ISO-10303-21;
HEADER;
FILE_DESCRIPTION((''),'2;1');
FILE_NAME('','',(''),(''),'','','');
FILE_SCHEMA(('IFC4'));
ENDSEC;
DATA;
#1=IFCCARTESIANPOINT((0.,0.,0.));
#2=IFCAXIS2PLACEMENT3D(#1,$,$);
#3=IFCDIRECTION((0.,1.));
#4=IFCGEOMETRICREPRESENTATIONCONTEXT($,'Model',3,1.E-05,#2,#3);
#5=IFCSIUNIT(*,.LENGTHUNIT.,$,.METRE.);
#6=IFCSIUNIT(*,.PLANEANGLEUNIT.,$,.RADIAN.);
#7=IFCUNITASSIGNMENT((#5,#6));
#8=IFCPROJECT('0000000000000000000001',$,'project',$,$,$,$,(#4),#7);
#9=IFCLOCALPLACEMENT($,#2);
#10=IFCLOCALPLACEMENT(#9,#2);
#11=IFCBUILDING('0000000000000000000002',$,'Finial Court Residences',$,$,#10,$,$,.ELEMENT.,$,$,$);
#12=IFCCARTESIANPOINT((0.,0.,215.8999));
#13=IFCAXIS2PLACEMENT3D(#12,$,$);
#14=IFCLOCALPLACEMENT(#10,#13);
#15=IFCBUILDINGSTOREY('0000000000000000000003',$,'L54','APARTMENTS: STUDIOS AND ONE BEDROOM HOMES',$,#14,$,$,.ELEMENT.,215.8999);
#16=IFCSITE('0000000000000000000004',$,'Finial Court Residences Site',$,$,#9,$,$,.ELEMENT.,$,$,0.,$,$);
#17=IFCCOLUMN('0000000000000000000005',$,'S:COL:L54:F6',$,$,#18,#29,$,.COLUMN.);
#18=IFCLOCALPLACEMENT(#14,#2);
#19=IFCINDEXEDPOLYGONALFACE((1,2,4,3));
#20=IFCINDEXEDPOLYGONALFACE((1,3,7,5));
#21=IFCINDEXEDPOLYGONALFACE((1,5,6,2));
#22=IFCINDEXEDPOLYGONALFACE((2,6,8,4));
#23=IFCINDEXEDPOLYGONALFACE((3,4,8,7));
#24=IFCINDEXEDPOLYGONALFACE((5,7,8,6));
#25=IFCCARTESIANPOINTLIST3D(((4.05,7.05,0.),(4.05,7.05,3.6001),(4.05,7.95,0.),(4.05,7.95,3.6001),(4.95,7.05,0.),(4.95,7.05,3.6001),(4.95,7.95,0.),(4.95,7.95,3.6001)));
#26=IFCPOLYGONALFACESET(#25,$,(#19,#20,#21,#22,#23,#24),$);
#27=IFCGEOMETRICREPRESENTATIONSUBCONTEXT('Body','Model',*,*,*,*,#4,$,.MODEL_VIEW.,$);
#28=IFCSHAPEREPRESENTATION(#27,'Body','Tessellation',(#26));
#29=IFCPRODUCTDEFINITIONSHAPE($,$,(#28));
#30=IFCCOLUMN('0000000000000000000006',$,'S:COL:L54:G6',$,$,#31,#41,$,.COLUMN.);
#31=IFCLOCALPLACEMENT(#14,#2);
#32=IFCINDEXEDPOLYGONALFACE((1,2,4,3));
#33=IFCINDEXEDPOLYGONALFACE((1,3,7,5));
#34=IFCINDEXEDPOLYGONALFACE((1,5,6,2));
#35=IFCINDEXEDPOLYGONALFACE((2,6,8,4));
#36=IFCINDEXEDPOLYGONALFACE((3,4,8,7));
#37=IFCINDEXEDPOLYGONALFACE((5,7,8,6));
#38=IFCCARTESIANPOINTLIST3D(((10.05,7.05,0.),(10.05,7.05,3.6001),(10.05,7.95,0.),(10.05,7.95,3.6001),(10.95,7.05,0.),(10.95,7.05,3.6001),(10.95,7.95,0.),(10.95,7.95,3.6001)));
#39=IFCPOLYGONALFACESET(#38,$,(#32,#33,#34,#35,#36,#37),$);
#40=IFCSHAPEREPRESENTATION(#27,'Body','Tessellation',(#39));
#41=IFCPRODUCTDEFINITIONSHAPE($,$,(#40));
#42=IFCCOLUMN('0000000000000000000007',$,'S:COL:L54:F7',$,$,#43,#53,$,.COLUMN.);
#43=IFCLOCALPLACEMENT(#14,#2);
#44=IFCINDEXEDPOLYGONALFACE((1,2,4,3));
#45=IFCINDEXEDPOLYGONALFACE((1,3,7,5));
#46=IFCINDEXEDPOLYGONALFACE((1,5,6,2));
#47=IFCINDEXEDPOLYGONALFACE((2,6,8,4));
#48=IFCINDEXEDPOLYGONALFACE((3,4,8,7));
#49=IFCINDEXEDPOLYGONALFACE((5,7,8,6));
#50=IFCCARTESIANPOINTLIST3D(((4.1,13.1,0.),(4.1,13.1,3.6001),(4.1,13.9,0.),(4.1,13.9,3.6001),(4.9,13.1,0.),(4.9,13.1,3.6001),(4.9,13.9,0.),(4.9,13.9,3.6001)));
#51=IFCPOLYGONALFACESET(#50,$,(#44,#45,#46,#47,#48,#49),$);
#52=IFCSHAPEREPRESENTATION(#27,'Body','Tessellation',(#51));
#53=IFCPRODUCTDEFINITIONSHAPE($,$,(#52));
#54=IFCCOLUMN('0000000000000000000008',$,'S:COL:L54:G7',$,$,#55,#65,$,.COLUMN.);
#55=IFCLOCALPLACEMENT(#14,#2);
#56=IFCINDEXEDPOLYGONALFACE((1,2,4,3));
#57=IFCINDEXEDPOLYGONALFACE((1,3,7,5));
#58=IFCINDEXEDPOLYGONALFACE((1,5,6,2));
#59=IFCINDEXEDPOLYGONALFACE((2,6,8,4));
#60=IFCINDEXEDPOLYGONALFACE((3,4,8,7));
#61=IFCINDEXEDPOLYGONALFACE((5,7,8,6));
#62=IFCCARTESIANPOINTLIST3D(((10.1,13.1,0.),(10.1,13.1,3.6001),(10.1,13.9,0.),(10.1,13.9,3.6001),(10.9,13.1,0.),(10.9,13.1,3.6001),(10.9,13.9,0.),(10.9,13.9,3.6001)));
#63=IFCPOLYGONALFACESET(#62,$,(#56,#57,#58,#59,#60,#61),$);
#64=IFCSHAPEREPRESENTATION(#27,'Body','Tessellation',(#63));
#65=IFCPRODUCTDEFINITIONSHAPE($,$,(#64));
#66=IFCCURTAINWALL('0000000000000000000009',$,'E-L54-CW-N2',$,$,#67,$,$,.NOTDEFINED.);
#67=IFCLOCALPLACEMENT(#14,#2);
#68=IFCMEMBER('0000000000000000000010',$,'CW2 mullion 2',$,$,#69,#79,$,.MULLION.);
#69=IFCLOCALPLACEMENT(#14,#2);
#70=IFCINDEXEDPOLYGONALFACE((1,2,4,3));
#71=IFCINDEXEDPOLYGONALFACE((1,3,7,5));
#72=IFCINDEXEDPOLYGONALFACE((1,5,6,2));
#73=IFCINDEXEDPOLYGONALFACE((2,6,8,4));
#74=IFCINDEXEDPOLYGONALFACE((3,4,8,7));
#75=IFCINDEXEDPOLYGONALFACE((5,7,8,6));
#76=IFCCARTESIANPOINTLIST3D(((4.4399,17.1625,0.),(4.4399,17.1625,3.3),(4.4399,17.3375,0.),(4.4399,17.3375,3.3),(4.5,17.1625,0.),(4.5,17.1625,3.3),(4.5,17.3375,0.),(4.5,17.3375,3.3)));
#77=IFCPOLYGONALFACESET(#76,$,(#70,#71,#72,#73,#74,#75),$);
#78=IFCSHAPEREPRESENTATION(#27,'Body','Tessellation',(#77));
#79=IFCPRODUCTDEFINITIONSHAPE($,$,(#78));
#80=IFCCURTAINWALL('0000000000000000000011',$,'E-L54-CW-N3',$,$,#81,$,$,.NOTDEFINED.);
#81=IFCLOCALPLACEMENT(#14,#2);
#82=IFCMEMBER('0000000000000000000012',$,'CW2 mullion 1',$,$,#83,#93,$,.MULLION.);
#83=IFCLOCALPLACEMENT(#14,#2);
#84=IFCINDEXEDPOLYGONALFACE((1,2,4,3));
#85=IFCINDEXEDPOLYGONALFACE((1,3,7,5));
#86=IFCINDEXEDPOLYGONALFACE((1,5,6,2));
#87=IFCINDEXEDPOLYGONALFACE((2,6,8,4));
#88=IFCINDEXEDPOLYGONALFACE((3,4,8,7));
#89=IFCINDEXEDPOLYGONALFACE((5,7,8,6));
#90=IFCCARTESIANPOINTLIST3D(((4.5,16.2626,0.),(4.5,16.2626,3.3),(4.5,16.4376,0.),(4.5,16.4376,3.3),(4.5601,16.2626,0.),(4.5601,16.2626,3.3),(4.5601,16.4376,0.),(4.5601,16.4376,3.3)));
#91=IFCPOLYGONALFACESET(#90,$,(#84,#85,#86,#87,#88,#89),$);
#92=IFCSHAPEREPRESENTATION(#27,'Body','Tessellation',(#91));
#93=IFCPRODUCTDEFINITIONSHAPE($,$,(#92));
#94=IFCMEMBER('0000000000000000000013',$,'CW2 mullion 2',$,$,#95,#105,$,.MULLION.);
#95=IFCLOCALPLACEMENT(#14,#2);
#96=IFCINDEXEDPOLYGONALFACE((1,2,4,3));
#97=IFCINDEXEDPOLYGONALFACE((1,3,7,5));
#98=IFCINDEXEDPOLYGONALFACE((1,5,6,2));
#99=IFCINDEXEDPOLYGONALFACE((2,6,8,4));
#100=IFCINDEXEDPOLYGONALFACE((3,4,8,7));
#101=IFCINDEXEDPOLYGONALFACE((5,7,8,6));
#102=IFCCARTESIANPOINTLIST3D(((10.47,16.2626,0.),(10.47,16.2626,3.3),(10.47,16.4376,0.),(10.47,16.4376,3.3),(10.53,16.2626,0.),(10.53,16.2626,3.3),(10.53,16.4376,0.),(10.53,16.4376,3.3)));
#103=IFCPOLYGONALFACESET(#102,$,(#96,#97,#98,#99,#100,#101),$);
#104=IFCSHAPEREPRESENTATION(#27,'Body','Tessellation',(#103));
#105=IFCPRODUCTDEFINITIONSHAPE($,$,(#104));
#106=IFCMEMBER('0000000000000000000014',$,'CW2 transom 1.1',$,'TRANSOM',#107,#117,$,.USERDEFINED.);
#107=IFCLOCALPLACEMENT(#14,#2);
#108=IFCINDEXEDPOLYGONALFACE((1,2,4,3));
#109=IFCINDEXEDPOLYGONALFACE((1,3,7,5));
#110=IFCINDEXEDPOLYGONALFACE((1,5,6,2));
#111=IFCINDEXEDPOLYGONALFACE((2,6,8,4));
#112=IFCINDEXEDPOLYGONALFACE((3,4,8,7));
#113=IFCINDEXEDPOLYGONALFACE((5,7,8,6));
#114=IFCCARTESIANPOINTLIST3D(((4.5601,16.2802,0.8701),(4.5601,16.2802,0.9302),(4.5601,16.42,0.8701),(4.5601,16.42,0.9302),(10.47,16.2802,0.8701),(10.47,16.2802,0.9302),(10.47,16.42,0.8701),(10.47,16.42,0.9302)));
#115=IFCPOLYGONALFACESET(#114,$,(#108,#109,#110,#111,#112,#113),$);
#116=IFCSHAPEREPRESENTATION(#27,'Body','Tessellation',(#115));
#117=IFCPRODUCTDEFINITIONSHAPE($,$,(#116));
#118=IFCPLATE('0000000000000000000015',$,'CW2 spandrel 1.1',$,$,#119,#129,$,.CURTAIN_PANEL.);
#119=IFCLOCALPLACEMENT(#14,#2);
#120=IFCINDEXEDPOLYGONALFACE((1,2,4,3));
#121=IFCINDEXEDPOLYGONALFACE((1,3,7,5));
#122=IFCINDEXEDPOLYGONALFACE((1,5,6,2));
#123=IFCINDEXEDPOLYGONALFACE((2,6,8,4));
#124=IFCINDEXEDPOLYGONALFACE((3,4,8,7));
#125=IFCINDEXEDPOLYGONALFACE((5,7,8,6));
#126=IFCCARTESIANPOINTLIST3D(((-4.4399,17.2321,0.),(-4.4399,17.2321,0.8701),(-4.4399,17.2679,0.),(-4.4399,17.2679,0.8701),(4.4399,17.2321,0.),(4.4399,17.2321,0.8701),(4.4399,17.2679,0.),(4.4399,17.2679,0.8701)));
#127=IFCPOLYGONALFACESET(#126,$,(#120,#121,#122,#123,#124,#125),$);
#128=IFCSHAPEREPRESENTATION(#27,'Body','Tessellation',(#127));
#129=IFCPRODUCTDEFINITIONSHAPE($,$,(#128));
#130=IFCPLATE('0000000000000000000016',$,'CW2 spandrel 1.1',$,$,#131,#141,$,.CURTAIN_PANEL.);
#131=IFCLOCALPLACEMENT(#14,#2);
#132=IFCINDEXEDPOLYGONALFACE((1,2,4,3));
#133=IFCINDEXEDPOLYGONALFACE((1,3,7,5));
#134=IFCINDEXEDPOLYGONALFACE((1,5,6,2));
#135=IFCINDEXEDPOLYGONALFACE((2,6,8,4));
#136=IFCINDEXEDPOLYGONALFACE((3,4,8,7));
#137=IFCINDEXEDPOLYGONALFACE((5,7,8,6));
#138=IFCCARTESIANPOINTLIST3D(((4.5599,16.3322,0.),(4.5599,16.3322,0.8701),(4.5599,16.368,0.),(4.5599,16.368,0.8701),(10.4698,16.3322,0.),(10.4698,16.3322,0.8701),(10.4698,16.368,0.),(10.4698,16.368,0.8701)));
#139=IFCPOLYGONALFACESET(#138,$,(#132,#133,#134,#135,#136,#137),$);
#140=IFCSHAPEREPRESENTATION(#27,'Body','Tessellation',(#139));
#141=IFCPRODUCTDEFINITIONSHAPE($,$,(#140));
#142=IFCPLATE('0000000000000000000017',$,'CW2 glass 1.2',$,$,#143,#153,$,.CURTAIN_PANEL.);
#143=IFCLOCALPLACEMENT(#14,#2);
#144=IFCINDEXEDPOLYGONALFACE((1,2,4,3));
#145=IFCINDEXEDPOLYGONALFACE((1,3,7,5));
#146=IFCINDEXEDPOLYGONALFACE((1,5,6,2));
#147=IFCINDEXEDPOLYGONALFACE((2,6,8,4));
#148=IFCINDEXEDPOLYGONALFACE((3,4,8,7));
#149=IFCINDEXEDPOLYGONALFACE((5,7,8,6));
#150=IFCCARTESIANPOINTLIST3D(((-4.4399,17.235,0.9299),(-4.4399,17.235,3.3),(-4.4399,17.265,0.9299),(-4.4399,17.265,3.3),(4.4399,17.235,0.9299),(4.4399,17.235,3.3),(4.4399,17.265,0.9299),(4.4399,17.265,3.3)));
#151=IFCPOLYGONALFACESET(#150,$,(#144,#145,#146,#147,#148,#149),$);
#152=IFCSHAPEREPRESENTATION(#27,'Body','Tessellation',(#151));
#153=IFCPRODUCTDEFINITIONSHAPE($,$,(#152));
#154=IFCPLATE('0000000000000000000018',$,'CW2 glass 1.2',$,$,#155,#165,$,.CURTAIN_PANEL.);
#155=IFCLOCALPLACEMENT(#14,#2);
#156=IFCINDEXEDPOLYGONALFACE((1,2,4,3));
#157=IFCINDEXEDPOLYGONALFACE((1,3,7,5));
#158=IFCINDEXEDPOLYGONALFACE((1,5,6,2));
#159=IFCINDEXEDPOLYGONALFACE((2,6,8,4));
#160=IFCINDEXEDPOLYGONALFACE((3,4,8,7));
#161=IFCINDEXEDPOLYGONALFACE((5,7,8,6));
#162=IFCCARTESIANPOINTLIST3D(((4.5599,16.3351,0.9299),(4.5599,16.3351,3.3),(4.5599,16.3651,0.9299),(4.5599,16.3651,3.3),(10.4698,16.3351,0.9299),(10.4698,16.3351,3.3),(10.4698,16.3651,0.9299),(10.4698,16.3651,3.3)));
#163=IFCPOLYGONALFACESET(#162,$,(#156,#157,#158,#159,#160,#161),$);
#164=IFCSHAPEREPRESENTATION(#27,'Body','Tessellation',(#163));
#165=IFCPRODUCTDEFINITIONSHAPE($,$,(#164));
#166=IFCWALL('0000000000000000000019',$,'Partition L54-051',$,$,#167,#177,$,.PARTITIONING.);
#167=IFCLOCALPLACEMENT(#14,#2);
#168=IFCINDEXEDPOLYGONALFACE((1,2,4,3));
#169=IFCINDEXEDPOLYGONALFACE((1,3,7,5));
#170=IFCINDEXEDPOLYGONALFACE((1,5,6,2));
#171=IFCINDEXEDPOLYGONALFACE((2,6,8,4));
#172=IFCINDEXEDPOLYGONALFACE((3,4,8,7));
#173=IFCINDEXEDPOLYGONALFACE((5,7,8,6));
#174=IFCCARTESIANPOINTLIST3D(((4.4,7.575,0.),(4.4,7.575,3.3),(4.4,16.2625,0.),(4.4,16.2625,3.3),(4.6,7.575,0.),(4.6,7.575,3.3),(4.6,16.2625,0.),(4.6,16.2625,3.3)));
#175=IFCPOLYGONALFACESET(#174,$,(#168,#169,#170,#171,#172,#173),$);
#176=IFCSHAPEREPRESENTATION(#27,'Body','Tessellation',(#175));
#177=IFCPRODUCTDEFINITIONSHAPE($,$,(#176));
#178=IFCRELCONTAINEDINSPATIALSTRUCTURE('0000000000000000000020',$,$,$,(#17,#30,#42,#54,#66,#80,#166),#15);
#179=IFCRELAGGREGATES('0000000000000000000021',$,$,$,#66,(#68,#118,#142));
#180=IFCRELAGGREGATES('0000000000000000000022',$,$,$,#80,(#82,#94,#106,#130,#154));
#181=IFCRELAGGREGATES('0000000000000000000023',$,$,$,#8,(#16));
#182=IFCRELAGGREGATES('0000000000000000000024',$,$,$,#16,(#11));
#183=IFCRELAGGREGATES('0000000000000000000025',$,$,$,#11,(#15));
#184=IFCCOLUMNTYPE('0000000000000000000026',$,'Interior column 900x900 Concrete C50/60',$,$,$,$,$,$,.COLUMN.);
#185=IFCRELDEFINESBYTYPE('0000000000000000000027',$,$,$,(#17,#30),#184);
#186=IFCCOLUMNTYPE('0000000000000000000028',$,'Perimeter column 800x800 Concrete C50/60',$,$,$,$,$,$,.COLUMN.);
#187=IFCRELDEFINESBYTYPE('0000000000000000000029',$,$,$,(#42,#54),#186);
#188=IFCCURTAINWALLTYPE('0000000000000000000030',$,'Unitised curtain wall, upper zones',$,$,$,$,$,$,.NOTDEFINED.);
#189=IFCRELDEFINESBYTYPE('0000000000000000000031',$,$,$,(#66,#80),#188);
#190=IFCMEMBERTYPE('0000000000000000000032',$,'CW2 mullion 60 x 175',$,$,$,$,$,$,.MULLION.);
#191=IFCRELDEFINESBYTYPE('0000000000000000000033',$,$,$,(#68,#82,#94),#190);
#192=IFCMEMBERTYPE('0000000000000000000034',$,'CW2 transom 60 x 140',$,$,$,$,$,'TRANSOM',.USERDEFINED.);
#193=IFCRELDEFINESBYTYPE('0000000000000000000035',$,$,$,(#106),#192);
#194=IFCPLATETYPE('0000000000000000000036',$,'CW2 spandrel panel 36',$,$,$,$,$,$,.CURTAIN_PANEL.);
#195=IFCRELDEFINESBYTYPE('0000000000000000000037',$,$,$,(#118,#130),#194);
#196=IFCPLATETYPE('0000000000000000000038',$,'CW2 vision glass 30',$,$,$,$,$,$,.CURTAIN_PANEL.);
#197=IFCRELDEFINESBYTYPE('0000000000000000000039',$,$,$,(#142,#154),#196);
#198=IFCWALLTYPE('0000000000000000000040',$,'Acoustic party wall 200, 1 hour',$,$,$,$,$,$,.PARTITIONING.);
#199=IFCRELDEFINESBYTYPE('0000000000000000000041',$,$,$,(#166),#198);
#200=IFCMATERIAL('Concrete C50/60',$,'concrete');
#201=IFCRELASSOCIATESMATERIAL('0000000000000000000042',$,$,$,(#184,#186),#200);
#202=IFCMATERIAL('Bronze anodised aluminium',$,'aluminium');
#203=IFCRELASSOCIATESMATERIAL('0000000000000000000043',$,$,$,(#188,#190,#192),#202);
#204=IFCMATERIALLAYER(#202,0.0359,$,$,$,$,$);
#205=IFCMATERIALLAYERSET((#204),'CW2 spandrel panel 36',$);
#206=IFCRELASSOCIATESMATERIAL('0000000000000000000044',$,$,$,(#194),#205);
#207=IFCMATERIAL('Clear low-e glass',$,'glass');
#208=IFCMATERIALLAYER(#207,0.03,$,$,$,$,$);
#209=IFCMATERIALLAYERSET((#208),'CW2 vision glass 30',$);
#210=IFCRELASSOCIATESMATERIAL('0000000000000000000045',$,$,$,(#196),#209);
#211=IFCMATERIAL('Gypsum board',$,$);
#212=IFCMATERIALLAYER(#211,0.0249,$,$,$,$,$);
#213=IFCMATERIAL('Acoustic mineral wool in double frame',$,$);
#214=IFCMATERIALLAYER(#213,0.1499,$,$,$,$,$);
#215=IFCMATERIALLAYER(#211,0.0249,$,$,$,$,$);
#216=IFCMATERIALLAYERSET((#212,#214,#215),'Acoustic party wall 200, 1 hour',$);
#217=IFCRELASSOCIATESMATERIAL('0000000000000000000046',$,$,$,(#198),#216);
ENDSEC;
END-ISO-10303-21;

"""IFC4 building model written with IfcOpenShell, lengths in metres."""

from ifc_helpers import new_model, si_unit, direction, frame, frame_2d, origin, origin_2d, place, context, subcontext, project, spatial, rectangle, extrude, material, layer, layer_set, material_profile, profile_set, type_object, element, aggregate, save


model = new_model("IFC4")

# Units and contexts
model_context = context("Model", 3, precision=1e-05, world=origin(), true_north=direction((0.0, 1.0)))
body_context = subcontext(model_context, "Body", "Model", "MODEL_VIEW")
ifc_project = project(units=[si_unit("LENGTHUNIT", "METRE"), si_unit("PLANEANGLEUNIT", "RADIAN")], contexts=[model_context])

# Site, building, storey
site_placement = place(None, origin())
site = spatial("IfcSite", under=ifc_project, at=site_placement, Name="Finial Court Residences Site", CompositionType="ELEMENT", RefElevation=0.0)
building_placement = place(site_placement, origin())
building = spatial("IfcBuilding", under=site, at=building_placement, Name="Finial Court Residences", CompositionType="ELEMENT")
storey_placement = place(building_placement, frame((0.0, 0.0, 215.8999)))
storey = spatial("IfcBuildingStorey", under=building, at=storey_placement, Name="L54", Description="APARTMENTS: STUDIOS AND ONE BEDROOM HOMES", CompositionType="ELEMENT", Elevation=215.8999)

# Columns
ifc_material_1 = material(Name="Concrete C50/60", Category="concrete")
ifc_material_profile_1 = material_profile(ifc_material_1, rectangle(XDim=0.8999, YDim=0.8999, at=origin_2d()), Name="900x900")
ifc_profile_set_1 = profile_set([ifc_material_profile_1], Name="Concrete C50/60")
column_type_1 = type_object("IfcColumnType", Name="Interior column 900x900 Concrete C50/60", PredefinedType="COLUMN", material=ifc_profile_set_1)
for number, where, z_axis, x_axis, name in (
    (1, (4.5, 7.5, 0.0), (0.0, 0.0, 1.0), (1.0, 0.0, 0.0), "S:COL:L54:F6"),
    (2, (10.5, 7.5, 0.0), (0.0, 0.0, 1.0), (1.0, 0.0, 0.0), "S:COL:L54:G6"),
):
    element("IfcColumn", number, at=place(storey_placement, frame(where, z_axis=z_axis, x_axis=x_axis)), inside=storey, type_object=column_type_1, Name=name, PredefinedType="COLUMN", context=body_context, shape_type="SweptSolid", body=[
        extrude(rectangle(XDim=0.8999, YDim=0.8999, at=origin_2d()), origin(), (0.0, 0.0, 1.0), 3.6001),
    ])
ifc_material_profile_2 = material_profile(ifc_material_1, rectangle(XDim=0.8, YDim=0.8, at=origin_2d()), Name="800x800")
ifc_profile_set_2 = profile_set([ifc_material_profile_2], Name="Concrete C50/60")
column_type_2 = type_object("IfcColumnType", Name="Perimeter column 800x800 Concrete C50/60", PredefinedType="COLUMN", material=ifc_profile_set_2)
for number, where, z_axis, x_axis, name in (
    (3, (4.5, 13.5, 0.0), (0.0, 0.0, 1.0), (1.0, 0.0, 0.0), "S:COL:L54:F7"),
    (4, (10.5, 13.5, 0.0), (0.0, 0.0, 1.0), (1.0, 0.0, 0.0), "S:COL:L54:G7"),
):
    element("IfcColumn", number, at=place(storey_placement, frame(where, z_axis=z_axis, x_axis=x_axis)), inside=storey, type_object=column_type_2, Name=name, PredefinedType="COLUMN", context=body_context, shape_type="SweptSolid", body=[
        extrude(rectangle(XDim=0.8, YDim=0.8, at=origin_2d()), origin(), (0.0, 0.0, 1.0), 3.6001),
    ])

# Curtain wall, member
ifc_material_2 = material(Name="Bronze anodised aluminium", Category="aluminium")
curtain_wall_type = type_object("IfcCurtainWallType", Name="Unitised curtain wall, upper zones", PredefinedType="NOTDEFINED", material=ifc_material_2)
curtain_wall_1_placement = place(storey_placement, origin())
curtain_wall_1 = element("IfcCurtainWall", 5, at=curtain_wall_1_placement, inside=storey, type_object=curtain_wall_type, Name="E-L54-CW-N2", PredefinedType="NOTDEFINED")
ifc_material_profile_3 = material_profile(ifc_material_2, rectangle(XDim=0.175, YDim=0.0601, at=origin_2d()), Name="CW2 mullion 60 x 175")
ifc_profile_set_3 = profile_set([ifc_material_profile_3], Name="Bronze anodised aluminium")
member_type_1 = type_object("IfcMemberType", Name="CW2 mullion 60 x 175", PredefinedType="MULLION", material=ifc_profile_set_3)
member_1_placement = place(storey_placement, frame((4.47, 17.25, 0.0), z_axis=(0.0, 0.0, 1.0), x_axis=(0.0, 1.0, 0.0)))
member_1 = element("IfcMember", 6, at=member_1_placement, type_object=member_type_1, Name="CW2 mullion 2", PredefinedType="MULLION", context=body_context, shape_type="SweptSolid", body=[
    extrude(rectangle(XDim=0.175, YDim=0.0601, at=origin_2d()), origin(), (0.0, 0.0, 1.0), 3.3),
])

# Curtain wall, members
curtain_wall_2_placement = place(storey_placement, origin())
curtain_wall_2 = element("IfcCurtainWall", 7, at=curtain_wall_2_placement, inside=storey, type_object=curtain_wall_type, Name="E-L54-CW-N3", PredefinedType="NOTDEFINED")
member_2_placement = place(storey_placement, frame((4.53, 16.3501, 0.0), z_axis=(0.0, 0.0, 1.0), x_axis=(0.0, 1.0, 0.0)))
member_2 = element("IfcMember", 8, at=member_2_placement, type_object=member_type_1, Name="CW2 mullion 1", PredefinedType="MULLION", context=body_context, shape_type="SweptSolid", body=[
    extrude(rectangle(XDim=0.175, YDim=0.0601, at=origin_2d()), origin(), (0.0, 0.0, 1.0), 3.3),
])
member_3_placement = place(storey_placement, frame((10.5, 16.3501, 0.0), z_axis=(0.0, 0.0, 1.0), x_axis=(0.0, 1.0, 0.0)))
member_3 = element("IfcMember", 9, at=member_3_placement, type_object=member_type_1, Name="CW2 mullion 2", PredefinedType="MULLION", context=body_context, shape_type="SweptSolid", body=[
    extrude(rectangle(XDim=0.175, YDim=0.0601, at=origin_2d()), origin(), (0.0, 0.0, 1.0), 3.3),
])
ifc_material_profile_4 = material_profile(ifc_material_2, rectangle(XDim=0.1399, YDim=0.0601, at=origin_2d()), Name="CW2 transom 60 x 140")
ifc_profile_set_4 = profile_set([ifc_material_profile_4], Name="Bronze anodised aluminium")
member_type_2 = type_object("IfcMemberType", Name="CW2 transom 60 x 140", ElementType="TRANSOM", PredefinedType="USERDEFINED", material=ifc_profile_set_4)
member_4_placement = place(storey_placement, frame((4.5601, 16.3501, 0.9001), z_axis=(1.0, 0.0, 0.0), x_axis=(0.0, 1.0, 0.0)))
member_4 = element("IfcMember", 10, at=member_4_placement, type_object=member_type_2, Name="CW2 transom 1.1", ObjectType="TRANSOM", PredefinedType="USERDEFINED", context=body_context, shape_type="SweptSolid", body=[
    extrude(rectangle(XDim=0.1399, YDim=0.0601, at=origin_2d()), origin(), (0.0, 0.0, 1.0), 5.9099),
])

# Plates
ifc_layer_1 = layer(ifc_material_2, 0.0359)
ifc_layer_set_1 = layer_set([ifc_layer_1], Name="CW2 spandrel panel 36")
plate_type_1 = type_object("IfcPlateType", Name="CW2 spandrel panel 36", PredefinedType="CURTAIN_PANEL", material=ifc_layer_set_1)
plate_1_placement = place(storey_placement, frame((0.0, 17.25, 0.0), z_axis=(0.0, 0.0, 1.0), x_axis=(1.0, 0.0, 0.0)))
plate_1 = element("IfcPlate", 11, at=plate_1_placement, type_object=plate_type_1, Name="CW2 spandrel 1.1", PredefinedType="CURTAIN_PANEL", context=body_context, shape_type="SweptSolid", body=[
    extrude(rectangle(XDim=8.8799, YDim=0.0359, at=origin_2d()), origin(), (0.0, 0.0, 1.0), 0.8701),
])
plate_2_placement = place(storey_placement, frame((7.5149, 16.3501, 0.0), z_axis=(0.0, 0.0, 1.0), x_axis=(1.0, 0.0, 0.0)))
plate_2 = element("IfcPlate", 12, at=plate_2_placement, type_object=plate_type_1, Name="CW2 spandrel 1.1", PredefinedType="CURTAIN_PANEL", context=body_context, shape_type="SweptSolid", body=[
    extrude(rectangle(XDim=5.9099, YDim=0.0359, at=origin_2d()), origin(), (0.0, 0.0, 1.0), 0.8701),
])
ifc_material_3 = material(Name="Clear low-e glass", Category="glass")
ifc_layer_2 = layer(ifc_material_3, 0.03)
ifc_layer_set_2 = layer_set([ifc_layer_2], Name="CW2 vision glass 30")
plate_type_2 = type_object("IfcPlateType", Name="CW2 vision glass 30", PredefinedType="CURTAIN_PANEL", material=ifc_layer_set_2)
plate_3_placement = place(storey_placement, frame((0.0, 17.25, 0.9299), z_axis=(0.0, 0.0, 1.0), x_axis=(1.0, 0.0, 0.0)))
plate_3 = element("IfcPlate", 13, at=plate_3_placement, type_object=plate_type_2, Name="CW2 glass 1.2", PredefinedType="CURTAIN_PANEL", context=body_context, shape_type="SweptSolid", body=[
    extrude(rectangle(XDim=8.8799, YDim=0.03, at=origin_2d()), origin(), (0.0, 0.0, 1.0), 2.3701),
])
aggregate(curtain_wall_1, [member_1, plate_1, plate_3])
plate_4_placement = place(storey_placement, frame((7.5149, 16.3501, 0.9299), z_axis=(0.0, 0.0, 1.0), x_axis=(1.0, 0.0, 0.0)))
plate_4 = element("IfcPlate", 14, at=plate_4_placement, type_object=plate_type_2, Name="CW2 glass 1.2", PredefinedType="CURTAIN_PANEL", context=body_context, shape_type="SweptSolid", body=[
    extrude(rectangle(XDim=5.9099, YDim=0.03, at=origin_2d()), origin(), (0.0, 0.0, 1.0), 2.3701),
])
aggregate(curtain_wall_2, [member_2, member_3, member_4, plate_2, plate_4])

# Wall
ifc_material_4 = material(Name="Gypsum board")
ifc_layer_3 = layer(ifc_material_4, 0.0249)
ifc_material_5 = material(Name="Acoustic mineral wool in double frame")
ifc_layer_4 = layer(ifc_material_5, 0.1499)
ifc_layer_5 = layer(ifc_material_4, 0.0249)
ifc_layer_set_3 = layer_set([ifc_layer_3, ifc_layer_4, ifc_layer_5], Name="Acoustic party wall 200, 1 hour")
wall_type_1 = type_object("IfcWallType", Name="Acoustic party wall 200, 1 hour", PredefinedType="PARTITIONING", material=ifc_layer_set_3)
wall_1_placement = place(storey_placement, frame((4.5, 7.575, 0.0), z_axis=(0.0, 0.0, 1.0), x_axis=(0.0, 1.0, 0.0)))
element("IfcWall", 15, at=wall_1_placement, inside=storey, type_object=wall_type_1, Name="Partition L54-051", PredefinedType="PARTITIONING", context=body_context, shape_type="SweptSolid", body=[
    extrude(rectangle(XDim=8.6875, YDim=0.2, at=frame_2d((4.3438, 0.0))), origin(), (0.0, 0.0, 1.0), 3.3),
])

save(model, "model.ifc")
